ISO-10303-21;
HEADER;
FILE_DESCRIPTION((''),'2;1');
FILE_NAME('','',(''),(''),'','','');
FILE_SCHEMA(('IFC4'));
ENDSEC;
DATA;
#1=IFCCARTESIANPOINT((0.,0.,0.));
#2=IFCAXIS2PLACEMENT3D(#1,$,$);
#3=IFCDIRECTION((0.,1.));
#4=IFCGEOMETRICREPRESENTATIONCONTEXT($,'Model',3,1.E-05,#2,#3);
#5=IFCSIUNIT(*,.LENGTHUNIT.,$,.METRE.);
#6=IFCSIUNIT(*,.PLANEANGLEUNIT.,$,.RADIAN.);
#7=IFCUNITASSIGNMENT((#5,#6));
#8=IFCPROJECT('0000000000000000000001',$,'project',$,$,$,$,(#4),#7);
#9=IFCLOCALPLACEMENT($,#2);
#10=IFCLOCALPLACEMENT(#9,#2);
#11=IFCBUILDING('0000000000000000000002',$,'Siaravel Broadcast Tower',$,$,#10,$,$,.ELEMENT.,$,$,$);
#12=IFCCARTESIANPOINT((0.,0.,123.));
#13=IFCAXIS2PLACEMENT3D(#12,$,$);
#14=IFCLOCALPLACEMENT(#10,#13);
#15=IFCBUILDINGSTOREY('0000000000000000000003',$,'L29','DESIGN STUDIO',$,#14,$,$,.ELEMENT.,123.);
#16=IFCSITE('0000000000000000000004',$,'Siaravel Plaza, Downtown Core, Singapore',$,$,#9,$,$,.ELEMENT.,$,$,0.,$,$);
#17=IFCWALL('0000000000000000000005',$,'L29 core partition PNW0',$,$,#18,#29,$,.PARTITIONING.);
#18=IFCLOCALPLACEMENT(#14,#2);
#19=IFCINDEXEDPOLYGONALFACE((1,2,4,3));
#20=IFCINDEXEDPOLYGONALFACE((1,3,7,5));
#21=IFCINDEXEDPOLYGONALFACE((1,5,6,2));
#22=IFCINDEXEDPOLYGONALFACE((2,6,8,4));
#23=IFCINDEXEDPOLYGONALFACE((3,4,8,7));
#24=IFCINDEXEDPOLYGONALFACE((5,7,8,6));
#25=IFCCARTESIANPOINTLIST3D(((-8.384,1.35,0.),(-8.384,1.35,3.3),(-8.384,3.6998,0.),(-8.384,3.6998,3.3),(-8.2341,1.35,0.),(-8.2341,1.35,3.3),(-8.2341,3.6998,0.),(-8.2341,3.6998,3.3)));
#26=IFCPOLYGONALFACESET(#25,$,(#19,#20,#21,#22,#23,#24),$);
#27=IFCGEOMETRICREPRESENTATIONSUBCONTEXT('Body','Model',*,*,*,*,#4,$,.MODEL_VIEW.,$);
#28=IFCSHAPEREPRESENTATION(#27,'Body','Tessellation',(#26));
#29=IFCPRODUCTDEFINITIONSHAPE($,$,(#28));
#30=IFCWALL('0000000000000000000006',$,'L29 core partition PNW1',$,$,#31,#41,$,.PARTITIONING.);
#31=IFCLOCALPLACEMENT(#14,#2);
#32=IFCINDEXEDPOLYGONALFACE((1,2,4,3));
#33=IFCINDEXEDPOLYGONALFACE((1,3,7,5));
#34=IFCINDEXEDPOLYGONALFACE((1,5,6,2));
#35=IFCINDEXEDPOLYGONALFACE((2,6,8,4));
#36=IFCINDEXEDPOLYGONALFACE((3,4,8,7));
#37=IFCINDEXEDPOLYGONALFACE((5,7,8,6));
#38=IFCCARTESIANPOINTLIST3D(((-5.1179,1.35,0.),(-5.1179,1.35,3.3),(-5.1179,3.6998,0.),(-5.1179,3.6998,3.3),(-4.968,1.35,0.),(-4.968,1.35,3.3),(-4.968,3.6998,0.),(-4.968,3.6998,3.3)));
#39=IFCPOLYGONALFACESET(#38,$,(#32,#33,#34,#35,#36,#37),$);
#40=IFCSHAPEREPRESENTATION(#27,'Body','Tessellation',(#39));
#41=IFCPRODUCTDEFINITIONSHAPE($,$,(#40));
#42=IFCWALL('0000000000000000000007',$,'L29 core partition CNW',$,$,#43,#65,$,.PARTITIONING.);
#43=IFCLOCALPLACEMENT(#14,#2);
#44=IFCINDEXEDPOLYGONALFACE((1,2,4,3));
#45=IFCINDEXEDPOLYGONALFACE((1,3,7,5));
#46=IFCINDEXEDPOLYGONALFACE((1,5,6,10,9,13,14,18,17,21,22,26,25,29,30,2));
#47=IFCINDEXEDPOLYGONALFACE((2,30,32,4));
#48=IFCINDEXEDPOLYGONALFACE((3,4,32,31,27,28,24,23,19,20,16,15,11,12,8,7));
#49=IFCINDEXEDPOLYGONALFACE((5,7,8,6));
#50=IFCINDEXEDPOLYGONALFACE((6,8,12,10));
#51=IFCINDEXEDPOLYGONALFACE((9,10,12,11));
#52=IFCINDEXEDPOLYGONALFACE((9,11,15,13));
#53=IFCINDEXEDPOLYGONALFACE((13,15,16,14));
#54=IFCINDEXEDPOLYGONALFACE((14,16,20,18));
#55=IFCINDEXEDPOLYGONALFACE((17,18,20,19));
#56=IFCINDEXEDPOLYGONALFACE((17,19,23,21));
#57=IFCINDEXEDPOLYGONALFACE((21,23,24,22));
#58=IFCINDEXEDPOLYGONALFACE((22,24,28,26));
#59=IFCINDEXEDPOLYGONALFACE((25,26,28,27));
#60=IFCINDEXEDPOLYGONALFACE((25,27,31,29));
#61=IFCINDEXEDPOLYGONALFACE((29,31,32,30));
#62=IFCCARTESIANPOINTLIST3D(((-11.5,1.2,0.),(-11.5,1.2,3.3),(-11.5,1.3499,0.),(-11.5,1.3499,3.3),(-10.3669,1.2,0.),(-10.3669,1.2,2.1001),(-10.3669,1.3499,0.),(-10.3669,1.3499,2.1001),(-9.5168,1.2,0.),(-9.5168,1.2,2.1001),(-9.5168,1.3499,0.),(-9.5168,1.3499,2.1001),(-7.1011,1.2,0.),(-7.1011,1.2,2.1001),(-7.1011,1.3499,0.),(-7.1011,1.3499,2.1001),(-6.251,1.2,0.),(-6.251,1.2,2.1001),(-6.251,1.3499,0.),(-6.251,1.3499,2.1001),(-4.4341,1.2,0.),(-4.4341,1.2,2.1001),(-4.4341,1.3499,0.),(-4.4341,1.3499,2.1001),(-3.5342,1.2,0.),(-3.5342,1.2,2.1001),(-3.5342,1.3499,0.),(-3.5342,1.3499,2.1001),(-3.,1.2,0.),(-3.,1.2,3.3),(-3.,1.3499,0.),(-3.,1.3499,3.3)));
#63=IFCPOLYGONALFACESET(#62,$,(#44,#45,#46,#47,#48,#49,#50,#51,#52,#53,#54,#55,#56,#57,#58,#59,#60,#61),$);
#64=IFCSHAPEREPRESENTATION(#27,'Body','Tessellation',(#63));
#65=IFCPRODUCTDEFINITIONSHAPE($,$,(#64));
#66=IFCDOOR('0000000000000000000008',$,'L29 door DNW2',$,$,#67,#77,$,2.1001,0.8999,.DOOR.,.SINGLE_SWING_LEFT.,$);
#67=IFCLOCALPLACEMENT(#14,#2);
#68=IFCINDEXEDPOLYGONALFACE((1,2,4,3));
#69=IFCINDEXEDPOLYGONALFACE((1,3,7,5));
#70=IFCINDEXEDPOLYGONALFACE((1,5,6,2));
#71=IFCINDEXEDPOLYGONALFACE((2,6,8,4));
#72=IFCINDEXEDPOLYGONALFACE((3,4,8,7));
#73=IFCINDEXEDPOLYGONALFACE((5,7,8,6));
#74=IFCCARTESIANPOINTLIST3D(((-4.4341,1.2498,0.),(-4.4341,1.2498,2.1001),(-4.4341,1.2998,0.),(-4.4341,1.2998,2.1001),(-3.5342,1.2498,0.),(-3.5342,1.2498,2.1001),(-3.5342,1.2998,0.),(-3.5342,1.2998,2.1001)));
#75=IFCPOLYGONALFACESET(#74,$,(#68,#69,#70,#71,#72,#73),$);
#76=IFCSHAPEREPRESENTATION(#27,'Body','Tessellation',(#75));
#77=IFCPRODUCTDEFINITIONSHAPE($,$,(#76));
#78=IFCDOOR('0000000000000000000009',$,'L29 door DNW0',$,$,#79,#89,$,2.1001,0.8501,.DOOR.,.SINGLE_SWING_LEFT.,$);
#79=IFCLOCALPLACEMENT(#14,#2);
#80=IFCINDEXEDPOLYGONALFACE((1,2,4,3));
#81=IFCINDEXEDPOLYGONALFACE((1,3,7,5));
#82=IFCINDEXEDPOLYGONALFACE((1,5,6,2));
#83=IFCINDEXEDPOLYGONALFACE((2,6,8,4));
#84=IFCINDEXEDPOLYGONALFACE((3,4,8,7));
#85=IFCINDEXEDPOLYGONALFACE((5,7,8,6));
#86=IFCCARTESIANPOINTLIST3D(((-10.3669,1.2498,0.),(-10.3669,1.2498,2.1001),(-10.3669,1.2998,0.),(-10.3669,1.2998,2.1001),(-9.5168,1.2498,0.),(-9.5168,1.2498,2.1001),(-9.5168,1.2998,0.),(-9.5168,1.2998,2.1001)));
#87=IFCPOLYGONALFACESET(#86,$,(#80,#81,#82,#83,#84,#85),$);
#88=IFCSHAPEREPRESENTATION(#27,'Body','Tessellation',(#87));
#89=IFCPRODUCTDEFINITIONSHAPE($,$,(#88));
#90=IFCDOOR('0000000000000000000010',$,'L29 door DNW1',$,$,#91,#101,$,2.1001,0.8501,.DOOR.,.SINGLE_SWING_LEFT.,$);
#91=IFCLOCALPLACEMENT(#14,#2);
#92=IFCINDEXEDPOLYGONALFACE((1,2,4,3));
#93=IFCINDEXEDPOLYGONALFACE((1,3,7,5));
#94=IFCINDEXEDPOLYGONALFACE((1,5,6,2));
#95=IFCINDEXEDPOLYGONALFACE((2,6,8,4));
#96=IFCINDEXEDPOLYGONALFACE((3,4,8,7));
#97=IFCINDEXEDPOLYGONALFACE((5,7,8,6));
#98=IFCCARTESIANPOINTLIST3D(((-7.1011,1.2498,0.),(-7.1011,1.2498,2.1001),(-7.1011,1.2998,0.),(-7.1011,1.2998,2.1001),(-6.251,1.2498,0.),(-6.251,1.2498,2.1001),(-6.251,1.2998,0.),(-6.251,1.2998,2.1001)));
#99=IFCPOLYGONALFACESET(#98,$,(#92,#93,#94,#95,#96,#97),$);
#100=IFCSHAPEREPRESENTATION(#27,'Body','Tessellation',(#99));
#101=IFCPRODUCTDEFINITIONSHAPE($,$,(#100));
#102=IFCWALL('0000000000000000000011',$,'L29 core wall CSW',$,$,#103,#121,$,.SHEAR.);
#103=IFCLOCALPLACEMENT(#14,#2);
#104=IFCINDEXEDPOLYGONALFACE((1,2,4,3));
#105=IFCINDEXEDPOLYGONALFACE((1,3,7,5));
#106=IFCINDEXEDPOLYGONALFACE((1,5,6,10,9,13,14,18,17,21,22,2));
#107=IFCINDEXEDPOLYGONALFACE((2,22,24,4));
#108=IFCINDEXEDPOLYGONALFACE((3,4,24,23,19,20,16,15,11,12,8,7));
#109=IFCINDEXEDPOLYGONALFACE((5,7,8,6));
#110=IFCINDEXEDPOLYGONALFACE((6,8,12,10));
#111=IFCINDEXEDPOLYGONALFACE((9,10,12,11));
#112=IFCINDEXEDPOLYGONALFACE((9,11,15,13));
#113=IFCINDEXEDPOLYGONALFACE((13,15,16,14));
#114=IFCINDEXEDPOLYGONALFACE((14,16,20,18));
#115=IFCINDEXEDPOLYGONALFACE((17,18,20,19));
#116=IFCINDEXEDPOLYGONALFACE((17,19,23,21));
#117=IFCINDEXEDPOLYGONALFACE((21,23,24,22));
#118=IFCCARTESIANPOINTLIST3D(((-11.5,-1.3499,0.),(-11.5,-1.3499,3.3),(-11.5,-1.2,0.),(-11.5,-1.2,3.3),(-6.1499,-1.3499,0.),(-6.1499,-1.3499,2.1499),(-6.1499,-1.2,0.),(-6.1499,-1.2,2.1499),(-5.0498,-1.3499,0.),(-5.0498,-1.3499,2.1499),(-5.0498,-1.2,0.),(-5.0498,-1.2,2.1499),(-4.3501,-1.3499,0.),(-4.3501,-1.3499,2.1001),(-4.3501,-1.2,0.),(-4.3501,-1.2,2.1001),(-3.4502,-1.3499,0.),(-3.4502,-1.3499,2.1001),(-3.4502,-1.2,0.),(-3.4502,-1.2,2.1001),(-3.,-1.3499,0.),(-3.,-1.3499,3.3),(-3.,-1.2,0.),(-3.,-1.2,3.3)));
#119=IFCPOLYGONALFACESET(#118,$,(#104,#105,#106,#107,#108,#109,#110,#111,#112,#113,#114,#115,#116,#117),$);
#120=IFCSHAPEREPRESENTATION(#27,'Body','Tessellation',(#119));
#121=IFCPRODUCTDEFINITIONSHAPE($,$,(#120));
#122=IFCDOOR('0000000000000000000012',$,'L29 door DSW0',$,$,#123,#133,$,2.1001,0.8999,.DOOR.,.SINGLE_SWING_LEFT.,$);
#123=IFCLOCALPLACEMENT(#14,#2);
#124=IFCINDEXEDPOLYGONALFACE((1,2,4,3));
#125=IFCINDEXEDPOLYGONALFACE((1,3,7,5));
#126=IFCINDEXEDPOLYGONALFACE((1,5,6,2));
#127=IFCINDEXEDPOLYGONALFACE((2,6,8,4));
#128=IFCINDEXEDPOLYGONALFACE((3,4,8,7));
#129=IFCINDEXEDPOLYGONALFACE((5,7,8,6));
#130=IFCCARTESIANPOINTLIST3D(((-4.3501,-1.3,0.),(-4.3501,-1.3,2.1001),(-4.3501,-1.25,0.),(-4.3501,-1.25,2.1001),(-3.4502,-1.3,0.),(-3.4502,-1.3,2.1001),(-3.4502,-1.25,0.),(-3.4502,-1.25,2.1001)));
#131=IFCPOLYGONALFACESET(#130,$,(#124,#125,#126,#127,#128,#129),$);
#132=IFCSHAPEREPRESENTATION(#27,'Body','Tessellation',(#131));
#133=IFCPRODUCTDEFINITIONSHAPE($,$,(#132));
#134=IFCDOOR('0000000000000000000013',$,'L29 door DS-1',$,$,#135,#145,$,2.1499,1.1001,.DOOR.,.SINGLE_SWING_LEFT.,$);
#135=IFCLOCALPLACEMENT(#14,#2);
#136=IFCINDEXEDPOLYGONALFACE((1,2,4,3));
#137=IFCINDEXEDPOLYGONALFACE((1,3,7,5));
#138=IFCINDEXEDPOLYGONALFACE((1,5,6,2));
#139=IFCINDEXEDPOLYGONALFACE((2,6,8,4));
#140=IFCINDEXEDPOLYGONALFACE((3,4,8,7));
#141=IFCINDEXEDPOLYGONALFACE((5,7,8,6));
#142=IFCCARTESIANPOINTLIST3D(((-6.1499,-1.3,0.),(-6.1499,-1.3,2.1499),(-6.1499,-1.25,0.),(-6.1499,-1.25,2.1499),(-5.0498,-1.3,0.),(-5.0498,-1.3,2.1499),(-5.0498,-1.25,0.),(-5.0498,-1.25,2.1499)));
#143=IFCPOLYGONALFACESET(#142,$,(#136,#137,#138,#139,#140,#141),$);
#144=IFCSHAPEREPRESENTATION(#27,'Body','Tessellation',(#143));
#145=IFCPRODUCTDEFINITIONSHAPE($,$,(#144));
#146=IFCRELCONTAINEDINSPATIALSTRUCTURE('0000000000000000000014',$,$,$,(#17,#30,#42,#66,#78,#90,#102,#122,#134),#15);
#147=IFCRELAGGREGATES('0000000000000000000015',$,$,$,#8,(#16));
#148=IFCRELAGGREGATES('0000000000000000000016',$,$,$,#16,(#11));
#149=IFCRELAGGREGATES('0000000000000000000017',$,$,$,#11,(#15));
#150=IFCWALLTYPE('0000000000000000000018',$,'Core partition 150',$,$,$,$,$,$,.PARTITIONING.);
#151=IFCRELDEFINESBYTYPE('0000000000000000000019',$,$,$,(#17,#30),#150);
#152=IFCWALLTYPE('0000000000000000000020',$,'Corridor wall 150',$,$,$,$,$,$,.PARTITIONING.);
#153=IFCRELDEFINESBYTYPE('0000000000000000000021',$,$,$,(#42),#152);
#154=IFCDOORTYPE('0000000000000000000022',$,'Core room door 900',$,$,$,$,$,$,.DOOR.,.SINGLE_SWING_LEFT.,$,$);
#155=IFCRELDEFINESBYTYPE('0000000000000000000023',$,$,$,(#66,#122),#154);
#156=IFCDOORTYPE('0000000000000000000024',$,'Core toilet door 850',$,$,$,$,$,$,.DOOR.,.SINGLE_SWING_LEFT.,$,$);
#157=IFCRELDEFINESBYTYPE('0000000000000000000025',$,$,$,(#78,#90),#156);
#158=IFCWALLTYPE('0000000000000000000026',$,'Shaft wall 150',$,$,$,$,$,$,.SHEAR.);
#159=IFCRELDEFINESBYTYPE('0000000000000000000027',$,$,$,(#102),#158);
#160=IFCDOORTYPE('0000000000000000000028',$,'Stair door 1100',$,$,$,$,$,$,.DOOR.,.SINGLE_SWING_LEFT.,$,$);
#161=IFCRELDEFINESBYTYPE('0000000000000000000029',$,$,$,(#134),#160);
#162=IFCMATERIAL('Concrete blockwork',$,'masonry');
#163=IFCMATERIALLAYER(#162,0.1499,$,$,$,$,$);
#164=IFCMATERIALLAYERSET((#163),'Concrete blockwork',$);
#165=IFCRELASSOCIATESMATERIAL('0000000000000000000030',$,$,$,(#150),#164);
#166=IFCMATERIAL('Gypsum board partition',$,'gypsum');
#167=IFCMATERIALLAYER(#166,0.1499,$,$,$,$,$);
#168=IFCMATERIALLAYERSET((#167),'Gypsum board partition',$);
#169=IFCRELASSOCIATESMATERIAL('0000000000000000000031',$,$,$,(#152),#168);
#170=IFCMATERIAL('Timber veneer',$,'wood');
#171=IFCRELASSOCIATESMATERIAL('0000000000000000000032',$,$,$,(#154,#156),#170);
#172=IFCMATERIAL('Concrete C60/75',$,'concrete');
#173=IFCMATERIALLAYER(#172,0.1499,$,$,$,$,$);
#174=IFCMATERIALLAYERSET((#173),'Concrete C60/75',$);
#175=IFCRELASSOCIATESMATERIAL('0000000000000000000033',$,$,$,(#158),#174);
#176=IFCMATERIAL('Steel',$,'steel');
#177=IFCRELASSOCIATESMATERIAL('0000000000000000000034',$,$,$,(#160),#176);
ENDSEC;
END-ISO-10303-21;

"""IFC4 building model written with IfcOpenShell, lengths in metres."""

from ifc_helpers import new_model, si_unit, direction, frame, frame_2d, origin, place, context, subcontext, project, spatial, rectangle, extrude, material, layer, layer_set, type_object, element, fill, save


model = new_model("IFC4")

# Units and contexts
model_context = context("Model", 3, precision=1e-05, world=origin(), true_north=direction((0.0, 1.0)))
body_context = subcontext(model_context, "Body", "Model", "MODEL_VIEW")
ifc_project = project(units=[si_unit("LENGTHUNIT", "METRE"), si_unit("PLANEANGLEUNIT", "RADIAN")], contexts=[model_context])

# Site, building, storey
site_placement = place(None, origin())
site = spatial("IfcSite", under=ifc_project, at=site_placement, Name="Siaravel Plaza, Downtown Core, Singapore", CompositionType="ELEMENT", RefElevation=0.0)
building_placement = place(site_placement, origin())
building = spatial("IfcBuilding", under=site, at=building_placement, Name="Siaravel Broadcast Tower", CompositionType="ELEMENT")
storey_placement = place(building_placement, frame((0.0, 0.0, 123.0)))
storey = spatial("IfcBuildingStorey", under=building, at=storey_placement, Name="L29", Description="DESIGN STUDIO", CompositionType="ELEMENT", Elevation=123.0)

# Walls
ifc_material_1 = material(Name="Concrete blockwork", Category="masonry")
ifc_layer_1 = layer(ifc_material_1, 0.1499)
ifc_layer_set_1 = layer_set([ifc_layer_1], Name="Concrete blockwork")
wall_type_1 = type_object("IfcWallType", Name="Core partition 150", PredefinedType="PARTITIONING", material=ifc_layer_set_1)
for number, where, z_axis, x_axis, name in (
    (1, (-8.3091, 1.3501, 0.0), (0.0, 0.0, 1.0), (0.0, 1.0, 0.0), "L29 core partition PNW0"),
    (2, (-5.043, 1.3501, 0.0), (0.0, 0.0, 1.0), (0.0, 1.0, 0.0), "L29 core partition PNW1"),
):
    element("IfcWall", number, at=place(storey_placement, frame(where, z_axis=z_axis, x_axis=x_axis)), inside=storey, type_object=wall_type_1, Name=name, PredefinedType="PARTITIONING", context=body_context, shape_type="SweptSolid", body=[
        extrude(rectangle(XDim=2.3499, YDim=0.1499, at=frame_2d((1.1748, 0.0))), origin(), (0.0, 0.0, 1.0), 3.3),
    ])

# Wall, openings, doors
ifc_material_2 = material(Name="Gypsum board partition", Category="gypsum")
ifc_layer_2 = layer(ifc_material_2, 0.1499)
ifc_layer_set_2 = layer_set([ifc_layer_2], Name="Gypsum board partition")
wall_type_2 = type_object("IfcWallType", Name="Corridor wall 150", PredefinedType="PARTITIONING", material=ifc_layer_set_2)
wall_1_placement = place(storey_placement, frame((-11.5, 1.2749, 0.0), z_axis=(0.0, 0.0, 1.0), x_axis=(1.0, 0.0, 0.0)))
wall_1 = element("IfcWall", 3, at=wall_1_placement, inside=storey, type_object=wall_type_2, Name="L29 core partition CNW", PredefinedType="PARTITIONING", context=body_context, shape_type="SweptSolid", body=[
    extrude(rectangle(XDim=8.5, YDim=0.1499, at=frame_2d((4.25, 0.0))), origin(), (0.0, 0.0, 1.0), 3.3),
])
opening_1_placement = place(wall_1_placement, frame((1.1331, 0.0, 0.0)))
opening_1 = element("IfcOpeningElement", 4, at=opening_1_placement, cuts=wall_1, PredefinedType="OPENING", context=body_context, shape_type="SweptSolid", body=[
    extrude(rectangle(XDim=0.8501, YDim=2.1001, at=frame_2d((0.425, 1.05))), frame((0.0, 0.085, 0.0), z_axis=(0.0, -1.0, 0.0), x_axis=(1.0, 0.0, 0.0)), (0.0, 0.0, 1.0), 0.1699),
])
opening_2_placement = place(wall_1_placement, frame((4.3989, 0.0, 0.0)))
opening_2 = element("IfcOpeningElement", 5, at=opening_2_placement, cuts=wall_1, PredefinedType="OPENING", context=body_context, shape_type="SweptSolid", body=[
    extrude(rectangle(XDim=0.8501, YDim=2.1001, at=frame_2d((0.425, 1.05))), frame((0.0, 0.085, 0.0), z_axis=(0.0, -1.0, 0.0), x_axis=(1.0, 0.0, 0.0)), (0.0, 0.0, 1.0), 0.1699),
])
opening_3_placement = place(wall_1_placement, frame((7.0659, 0.0, 0.0)))
opening_3 = element("IfcOpeningElement", 6, at=opening_3_placement, cuts=wall_1, PredefinedType="OPENING", context=body_context, shape_type="SweptSolid", body=[
    extrude(rectangle(XDim=0.8999, YDim=2.1001, at=frame_2d((0.45, 1.05))), frame((0.0, 0.085, 0.0), z_axis=(0.0, -1.0, 0.0), x_axis=(1.0, 0.0, 0.0)), (0.0, 0.0, 1.0), 0.1699),
])
ifc_material_3 = material(Name="Timber veneer", Category="wood")
door_type_1 = type_object("IfcDoorType", Name="Core room door 900", OperationType="SINGLE_SWING_LEFT", PredefinedType="DOOR", material=ifc_material_3)
door_1_placement = place(opening_3_placement, origin())
door_1 = element("IfcDoor", 7, at=door_1_placement, inside=storey, type_object=door_type_1, Name="L29 door DNW2", OperationType="SINGLE_SWING_LEFT", OverallHeight=2.1001, OverallWidth=0.8999, PredefinedType="DOOR", context=body_context, shape_type="SweptSolid", body=[
    extrude(rectangle(XDim=0.8999, YDim=2.1001, at=frame_2d((0.45, 1.05))), frame((0.0, 0.0249, 0.0), z_axis=(0.0, -1.0, 0.0), x_axis=(1.0, 0.0, 0.0)), (0.0, 0.0, 1.0), 0.05),
])
fill(opening_3, door_1)
door_type_2 = type_object("IfcDoorType", Name="Core toilet door 850", OperationType="SINGLE_SWING_LEFT", PredefinedType="DOOR", material=ifc_material_3)
door_2_placement = place(opening_1_placement, origin())
door_2 = element("IfcDoor", 8, at=door_2_placement, inside=storey, type_object=door_type_2, Name="L29 door DNW0", OperationType="SINGLE_SWING_LEFT", OverallHeight=2.1001, OverallWidth=0.8501, PredefinedType="DOOR", context=body_context, shape_type="SweptSolid", body=[
    extrude(rectangle(XDim=0.8501, YDim=2.1001, at=frame_2d((0.425, 1.05))), frame((0.0, 0.0249, 0.0), z_axis=(0.0, -1.0, 0.0), x_axis=(1.0, 0.0, 0.0)), (0.0, 0.0, 1.0), 0.05),
])
fill(opening_1, door_2)
door_3_placement = place(opening_2_placement, origin())
door_3 = element("IfcDoor", 9, at=door_3_placement, inside=storey, type_object=door_type_2, Name="L29 door DNW1", OperationType="SINGLE_SWING_LEFT", OverallHeight=2.1001, OverallWidth=0.8501, PredefinedType="DOOR", context=body_context, shape_type="SweptSolid", body=[
    extrude(rectangle(XDim=0.8501, YDim=2.1001, at=frame_2d((0.425, 1.05))), frame((0.0, 0.0249, 0.0), z_axis=(0.0, -1.0, 0.0), x_axis=(1.0, 0.0, 0.0)), (0.0, 0.0, 1.0), 0.05),
])
fill(opening_2, door_3)

# Wall, openings, doors
ifc_material_4 = material(Name="Concrete C60/75", Category="concrete")
ifc_layer_3 = layer(ifc_material_4, 0.1499)
ifc_layer_set_3 = layer_set([ifc_layer_3], Name="Concrete C60/75")
wall_type_3 = type_object("IfcWallType", Name="Shaft wall 150", PredefinedType="SHEAR", material=ifc_layer_set_3)
wall_2_placement = place(storey_placement, frame((-11.5, -1.2749, 0.0), z_axis=(0.0, 0.0, 1.0), x_axis=(1.0, 0.0, 0.0)))
wall_2 = element("IfcWall", 10, at=wall_2_placement, inside=storey, type_object=wall_type_3, Name="L29 core wall CSW", PredefinedType="SHEAR", context=body_context, shape_type="SweptSolid", body=[
    extrude(rectangle(XDim=8.5, YDim=0.1499, at=frame_2d((4.25, 0.0))), origin(), (0.0, 0.0, 1.0), 3.3),
])
opening_4_placement = place(wall_2_placement, frame((5.3501, 0.0, 0.0)))
opening_4 = element("IfcOpeningElement", 11, at=opening_4_placement, cuts=wall_2, PredefinedType="OPENING", context=body_context, shape_type="SweptSolid", body=[
    extrude(rectangle(XDim=1.1001, YDim=2.1499, at=frame_2d((0.55, 1.075))), frame((0.0, 0.085, 0.0), z_axis=(0.0, -1.0, 0.0), x_axis=(1.0, 0.0, 0.0)), (0.0, 0.0, 1.0), 0.1699),
])
opening_5_placement = place(wall_2_placement, frame((7.1499, 0.0, 0.0)))
opening_5 = element("IfcOpeningElement", 12, at=opening_5_placement, cuts=wall_2, PredefinedType="OPENING", context=body_context, shape_type="SweptSolid", body=[
    extrude(rectangle(XDim=0.8999, YDim=2.1001, at=frame_2d((0.45, 1.05))), frame((0.0, 0.085, 0.0), z_axis=(0.0, -1.0, 0.0), x_axis=(1.0, 0.0, 0.0)), (0.0, 0.0, 1.0), 0.1699),
])
door_4_placement = place(opening_5_placement, origin())
door_4 = element("IfcDoor", 13, at=door_4_placement, inside=storey, type_object=door_type_1, Name="L29 door DSW0", OperationType="SINGLE_SWING_LEFT", OverallHeight=2.1001, OverallWidth=0.8999, PredefinedType="DOOR", context=body_context, shape_type="SweptSolid", body=[
    extrude(rectangle(XDim=0.8999, YDim=2.1001, at=frame_2d((0.45, 1.05))), frame((0.0, 0.0249, 0.0), z_axis=(0.0, -1.0, 0.0), x_axis=(1.0, 0.0, 0.0)), (0.0, 0.0, 1.0), 0.05),
])
fill(opening_5, door_4)
ifc_material_5 = material(Name="Steel", Category="steel")
door_type_3 = type_object("IfcDoorType", Name="Stair door 1100", OperationType="SINGLE_SWING_LEFT", PredefinedType="DOOR", material=ifc_material_5)
door_5_placement = place(opening_4_placement, origin())
door_5 = element("IfcDoor", 14, at=door_5_placement, inside=storey, type_object=door_type_3, Name="L29 door DS-1", OperationType="SINGLE_SWING_LEFT", OverallHeight=2.1499, OverallWidth=1.1001, PredefinedType="DOOR", context=body_context, shape_type="SweptSolid", body=[
    extrude(rectangle(XDim=1.1001, YDim=2.1499, at=frame_2d((0.55, 1.075))), frame((0.0, 0.0249, 0.0), z_axis=(0.0, -1.0, 0.0), x_axis=(1.0, 0.0, 0.0)), (0.0, 0.0, 1.0), 0.05),
])
fill(opening_4, door_5)

save(model, "model.ifc")
